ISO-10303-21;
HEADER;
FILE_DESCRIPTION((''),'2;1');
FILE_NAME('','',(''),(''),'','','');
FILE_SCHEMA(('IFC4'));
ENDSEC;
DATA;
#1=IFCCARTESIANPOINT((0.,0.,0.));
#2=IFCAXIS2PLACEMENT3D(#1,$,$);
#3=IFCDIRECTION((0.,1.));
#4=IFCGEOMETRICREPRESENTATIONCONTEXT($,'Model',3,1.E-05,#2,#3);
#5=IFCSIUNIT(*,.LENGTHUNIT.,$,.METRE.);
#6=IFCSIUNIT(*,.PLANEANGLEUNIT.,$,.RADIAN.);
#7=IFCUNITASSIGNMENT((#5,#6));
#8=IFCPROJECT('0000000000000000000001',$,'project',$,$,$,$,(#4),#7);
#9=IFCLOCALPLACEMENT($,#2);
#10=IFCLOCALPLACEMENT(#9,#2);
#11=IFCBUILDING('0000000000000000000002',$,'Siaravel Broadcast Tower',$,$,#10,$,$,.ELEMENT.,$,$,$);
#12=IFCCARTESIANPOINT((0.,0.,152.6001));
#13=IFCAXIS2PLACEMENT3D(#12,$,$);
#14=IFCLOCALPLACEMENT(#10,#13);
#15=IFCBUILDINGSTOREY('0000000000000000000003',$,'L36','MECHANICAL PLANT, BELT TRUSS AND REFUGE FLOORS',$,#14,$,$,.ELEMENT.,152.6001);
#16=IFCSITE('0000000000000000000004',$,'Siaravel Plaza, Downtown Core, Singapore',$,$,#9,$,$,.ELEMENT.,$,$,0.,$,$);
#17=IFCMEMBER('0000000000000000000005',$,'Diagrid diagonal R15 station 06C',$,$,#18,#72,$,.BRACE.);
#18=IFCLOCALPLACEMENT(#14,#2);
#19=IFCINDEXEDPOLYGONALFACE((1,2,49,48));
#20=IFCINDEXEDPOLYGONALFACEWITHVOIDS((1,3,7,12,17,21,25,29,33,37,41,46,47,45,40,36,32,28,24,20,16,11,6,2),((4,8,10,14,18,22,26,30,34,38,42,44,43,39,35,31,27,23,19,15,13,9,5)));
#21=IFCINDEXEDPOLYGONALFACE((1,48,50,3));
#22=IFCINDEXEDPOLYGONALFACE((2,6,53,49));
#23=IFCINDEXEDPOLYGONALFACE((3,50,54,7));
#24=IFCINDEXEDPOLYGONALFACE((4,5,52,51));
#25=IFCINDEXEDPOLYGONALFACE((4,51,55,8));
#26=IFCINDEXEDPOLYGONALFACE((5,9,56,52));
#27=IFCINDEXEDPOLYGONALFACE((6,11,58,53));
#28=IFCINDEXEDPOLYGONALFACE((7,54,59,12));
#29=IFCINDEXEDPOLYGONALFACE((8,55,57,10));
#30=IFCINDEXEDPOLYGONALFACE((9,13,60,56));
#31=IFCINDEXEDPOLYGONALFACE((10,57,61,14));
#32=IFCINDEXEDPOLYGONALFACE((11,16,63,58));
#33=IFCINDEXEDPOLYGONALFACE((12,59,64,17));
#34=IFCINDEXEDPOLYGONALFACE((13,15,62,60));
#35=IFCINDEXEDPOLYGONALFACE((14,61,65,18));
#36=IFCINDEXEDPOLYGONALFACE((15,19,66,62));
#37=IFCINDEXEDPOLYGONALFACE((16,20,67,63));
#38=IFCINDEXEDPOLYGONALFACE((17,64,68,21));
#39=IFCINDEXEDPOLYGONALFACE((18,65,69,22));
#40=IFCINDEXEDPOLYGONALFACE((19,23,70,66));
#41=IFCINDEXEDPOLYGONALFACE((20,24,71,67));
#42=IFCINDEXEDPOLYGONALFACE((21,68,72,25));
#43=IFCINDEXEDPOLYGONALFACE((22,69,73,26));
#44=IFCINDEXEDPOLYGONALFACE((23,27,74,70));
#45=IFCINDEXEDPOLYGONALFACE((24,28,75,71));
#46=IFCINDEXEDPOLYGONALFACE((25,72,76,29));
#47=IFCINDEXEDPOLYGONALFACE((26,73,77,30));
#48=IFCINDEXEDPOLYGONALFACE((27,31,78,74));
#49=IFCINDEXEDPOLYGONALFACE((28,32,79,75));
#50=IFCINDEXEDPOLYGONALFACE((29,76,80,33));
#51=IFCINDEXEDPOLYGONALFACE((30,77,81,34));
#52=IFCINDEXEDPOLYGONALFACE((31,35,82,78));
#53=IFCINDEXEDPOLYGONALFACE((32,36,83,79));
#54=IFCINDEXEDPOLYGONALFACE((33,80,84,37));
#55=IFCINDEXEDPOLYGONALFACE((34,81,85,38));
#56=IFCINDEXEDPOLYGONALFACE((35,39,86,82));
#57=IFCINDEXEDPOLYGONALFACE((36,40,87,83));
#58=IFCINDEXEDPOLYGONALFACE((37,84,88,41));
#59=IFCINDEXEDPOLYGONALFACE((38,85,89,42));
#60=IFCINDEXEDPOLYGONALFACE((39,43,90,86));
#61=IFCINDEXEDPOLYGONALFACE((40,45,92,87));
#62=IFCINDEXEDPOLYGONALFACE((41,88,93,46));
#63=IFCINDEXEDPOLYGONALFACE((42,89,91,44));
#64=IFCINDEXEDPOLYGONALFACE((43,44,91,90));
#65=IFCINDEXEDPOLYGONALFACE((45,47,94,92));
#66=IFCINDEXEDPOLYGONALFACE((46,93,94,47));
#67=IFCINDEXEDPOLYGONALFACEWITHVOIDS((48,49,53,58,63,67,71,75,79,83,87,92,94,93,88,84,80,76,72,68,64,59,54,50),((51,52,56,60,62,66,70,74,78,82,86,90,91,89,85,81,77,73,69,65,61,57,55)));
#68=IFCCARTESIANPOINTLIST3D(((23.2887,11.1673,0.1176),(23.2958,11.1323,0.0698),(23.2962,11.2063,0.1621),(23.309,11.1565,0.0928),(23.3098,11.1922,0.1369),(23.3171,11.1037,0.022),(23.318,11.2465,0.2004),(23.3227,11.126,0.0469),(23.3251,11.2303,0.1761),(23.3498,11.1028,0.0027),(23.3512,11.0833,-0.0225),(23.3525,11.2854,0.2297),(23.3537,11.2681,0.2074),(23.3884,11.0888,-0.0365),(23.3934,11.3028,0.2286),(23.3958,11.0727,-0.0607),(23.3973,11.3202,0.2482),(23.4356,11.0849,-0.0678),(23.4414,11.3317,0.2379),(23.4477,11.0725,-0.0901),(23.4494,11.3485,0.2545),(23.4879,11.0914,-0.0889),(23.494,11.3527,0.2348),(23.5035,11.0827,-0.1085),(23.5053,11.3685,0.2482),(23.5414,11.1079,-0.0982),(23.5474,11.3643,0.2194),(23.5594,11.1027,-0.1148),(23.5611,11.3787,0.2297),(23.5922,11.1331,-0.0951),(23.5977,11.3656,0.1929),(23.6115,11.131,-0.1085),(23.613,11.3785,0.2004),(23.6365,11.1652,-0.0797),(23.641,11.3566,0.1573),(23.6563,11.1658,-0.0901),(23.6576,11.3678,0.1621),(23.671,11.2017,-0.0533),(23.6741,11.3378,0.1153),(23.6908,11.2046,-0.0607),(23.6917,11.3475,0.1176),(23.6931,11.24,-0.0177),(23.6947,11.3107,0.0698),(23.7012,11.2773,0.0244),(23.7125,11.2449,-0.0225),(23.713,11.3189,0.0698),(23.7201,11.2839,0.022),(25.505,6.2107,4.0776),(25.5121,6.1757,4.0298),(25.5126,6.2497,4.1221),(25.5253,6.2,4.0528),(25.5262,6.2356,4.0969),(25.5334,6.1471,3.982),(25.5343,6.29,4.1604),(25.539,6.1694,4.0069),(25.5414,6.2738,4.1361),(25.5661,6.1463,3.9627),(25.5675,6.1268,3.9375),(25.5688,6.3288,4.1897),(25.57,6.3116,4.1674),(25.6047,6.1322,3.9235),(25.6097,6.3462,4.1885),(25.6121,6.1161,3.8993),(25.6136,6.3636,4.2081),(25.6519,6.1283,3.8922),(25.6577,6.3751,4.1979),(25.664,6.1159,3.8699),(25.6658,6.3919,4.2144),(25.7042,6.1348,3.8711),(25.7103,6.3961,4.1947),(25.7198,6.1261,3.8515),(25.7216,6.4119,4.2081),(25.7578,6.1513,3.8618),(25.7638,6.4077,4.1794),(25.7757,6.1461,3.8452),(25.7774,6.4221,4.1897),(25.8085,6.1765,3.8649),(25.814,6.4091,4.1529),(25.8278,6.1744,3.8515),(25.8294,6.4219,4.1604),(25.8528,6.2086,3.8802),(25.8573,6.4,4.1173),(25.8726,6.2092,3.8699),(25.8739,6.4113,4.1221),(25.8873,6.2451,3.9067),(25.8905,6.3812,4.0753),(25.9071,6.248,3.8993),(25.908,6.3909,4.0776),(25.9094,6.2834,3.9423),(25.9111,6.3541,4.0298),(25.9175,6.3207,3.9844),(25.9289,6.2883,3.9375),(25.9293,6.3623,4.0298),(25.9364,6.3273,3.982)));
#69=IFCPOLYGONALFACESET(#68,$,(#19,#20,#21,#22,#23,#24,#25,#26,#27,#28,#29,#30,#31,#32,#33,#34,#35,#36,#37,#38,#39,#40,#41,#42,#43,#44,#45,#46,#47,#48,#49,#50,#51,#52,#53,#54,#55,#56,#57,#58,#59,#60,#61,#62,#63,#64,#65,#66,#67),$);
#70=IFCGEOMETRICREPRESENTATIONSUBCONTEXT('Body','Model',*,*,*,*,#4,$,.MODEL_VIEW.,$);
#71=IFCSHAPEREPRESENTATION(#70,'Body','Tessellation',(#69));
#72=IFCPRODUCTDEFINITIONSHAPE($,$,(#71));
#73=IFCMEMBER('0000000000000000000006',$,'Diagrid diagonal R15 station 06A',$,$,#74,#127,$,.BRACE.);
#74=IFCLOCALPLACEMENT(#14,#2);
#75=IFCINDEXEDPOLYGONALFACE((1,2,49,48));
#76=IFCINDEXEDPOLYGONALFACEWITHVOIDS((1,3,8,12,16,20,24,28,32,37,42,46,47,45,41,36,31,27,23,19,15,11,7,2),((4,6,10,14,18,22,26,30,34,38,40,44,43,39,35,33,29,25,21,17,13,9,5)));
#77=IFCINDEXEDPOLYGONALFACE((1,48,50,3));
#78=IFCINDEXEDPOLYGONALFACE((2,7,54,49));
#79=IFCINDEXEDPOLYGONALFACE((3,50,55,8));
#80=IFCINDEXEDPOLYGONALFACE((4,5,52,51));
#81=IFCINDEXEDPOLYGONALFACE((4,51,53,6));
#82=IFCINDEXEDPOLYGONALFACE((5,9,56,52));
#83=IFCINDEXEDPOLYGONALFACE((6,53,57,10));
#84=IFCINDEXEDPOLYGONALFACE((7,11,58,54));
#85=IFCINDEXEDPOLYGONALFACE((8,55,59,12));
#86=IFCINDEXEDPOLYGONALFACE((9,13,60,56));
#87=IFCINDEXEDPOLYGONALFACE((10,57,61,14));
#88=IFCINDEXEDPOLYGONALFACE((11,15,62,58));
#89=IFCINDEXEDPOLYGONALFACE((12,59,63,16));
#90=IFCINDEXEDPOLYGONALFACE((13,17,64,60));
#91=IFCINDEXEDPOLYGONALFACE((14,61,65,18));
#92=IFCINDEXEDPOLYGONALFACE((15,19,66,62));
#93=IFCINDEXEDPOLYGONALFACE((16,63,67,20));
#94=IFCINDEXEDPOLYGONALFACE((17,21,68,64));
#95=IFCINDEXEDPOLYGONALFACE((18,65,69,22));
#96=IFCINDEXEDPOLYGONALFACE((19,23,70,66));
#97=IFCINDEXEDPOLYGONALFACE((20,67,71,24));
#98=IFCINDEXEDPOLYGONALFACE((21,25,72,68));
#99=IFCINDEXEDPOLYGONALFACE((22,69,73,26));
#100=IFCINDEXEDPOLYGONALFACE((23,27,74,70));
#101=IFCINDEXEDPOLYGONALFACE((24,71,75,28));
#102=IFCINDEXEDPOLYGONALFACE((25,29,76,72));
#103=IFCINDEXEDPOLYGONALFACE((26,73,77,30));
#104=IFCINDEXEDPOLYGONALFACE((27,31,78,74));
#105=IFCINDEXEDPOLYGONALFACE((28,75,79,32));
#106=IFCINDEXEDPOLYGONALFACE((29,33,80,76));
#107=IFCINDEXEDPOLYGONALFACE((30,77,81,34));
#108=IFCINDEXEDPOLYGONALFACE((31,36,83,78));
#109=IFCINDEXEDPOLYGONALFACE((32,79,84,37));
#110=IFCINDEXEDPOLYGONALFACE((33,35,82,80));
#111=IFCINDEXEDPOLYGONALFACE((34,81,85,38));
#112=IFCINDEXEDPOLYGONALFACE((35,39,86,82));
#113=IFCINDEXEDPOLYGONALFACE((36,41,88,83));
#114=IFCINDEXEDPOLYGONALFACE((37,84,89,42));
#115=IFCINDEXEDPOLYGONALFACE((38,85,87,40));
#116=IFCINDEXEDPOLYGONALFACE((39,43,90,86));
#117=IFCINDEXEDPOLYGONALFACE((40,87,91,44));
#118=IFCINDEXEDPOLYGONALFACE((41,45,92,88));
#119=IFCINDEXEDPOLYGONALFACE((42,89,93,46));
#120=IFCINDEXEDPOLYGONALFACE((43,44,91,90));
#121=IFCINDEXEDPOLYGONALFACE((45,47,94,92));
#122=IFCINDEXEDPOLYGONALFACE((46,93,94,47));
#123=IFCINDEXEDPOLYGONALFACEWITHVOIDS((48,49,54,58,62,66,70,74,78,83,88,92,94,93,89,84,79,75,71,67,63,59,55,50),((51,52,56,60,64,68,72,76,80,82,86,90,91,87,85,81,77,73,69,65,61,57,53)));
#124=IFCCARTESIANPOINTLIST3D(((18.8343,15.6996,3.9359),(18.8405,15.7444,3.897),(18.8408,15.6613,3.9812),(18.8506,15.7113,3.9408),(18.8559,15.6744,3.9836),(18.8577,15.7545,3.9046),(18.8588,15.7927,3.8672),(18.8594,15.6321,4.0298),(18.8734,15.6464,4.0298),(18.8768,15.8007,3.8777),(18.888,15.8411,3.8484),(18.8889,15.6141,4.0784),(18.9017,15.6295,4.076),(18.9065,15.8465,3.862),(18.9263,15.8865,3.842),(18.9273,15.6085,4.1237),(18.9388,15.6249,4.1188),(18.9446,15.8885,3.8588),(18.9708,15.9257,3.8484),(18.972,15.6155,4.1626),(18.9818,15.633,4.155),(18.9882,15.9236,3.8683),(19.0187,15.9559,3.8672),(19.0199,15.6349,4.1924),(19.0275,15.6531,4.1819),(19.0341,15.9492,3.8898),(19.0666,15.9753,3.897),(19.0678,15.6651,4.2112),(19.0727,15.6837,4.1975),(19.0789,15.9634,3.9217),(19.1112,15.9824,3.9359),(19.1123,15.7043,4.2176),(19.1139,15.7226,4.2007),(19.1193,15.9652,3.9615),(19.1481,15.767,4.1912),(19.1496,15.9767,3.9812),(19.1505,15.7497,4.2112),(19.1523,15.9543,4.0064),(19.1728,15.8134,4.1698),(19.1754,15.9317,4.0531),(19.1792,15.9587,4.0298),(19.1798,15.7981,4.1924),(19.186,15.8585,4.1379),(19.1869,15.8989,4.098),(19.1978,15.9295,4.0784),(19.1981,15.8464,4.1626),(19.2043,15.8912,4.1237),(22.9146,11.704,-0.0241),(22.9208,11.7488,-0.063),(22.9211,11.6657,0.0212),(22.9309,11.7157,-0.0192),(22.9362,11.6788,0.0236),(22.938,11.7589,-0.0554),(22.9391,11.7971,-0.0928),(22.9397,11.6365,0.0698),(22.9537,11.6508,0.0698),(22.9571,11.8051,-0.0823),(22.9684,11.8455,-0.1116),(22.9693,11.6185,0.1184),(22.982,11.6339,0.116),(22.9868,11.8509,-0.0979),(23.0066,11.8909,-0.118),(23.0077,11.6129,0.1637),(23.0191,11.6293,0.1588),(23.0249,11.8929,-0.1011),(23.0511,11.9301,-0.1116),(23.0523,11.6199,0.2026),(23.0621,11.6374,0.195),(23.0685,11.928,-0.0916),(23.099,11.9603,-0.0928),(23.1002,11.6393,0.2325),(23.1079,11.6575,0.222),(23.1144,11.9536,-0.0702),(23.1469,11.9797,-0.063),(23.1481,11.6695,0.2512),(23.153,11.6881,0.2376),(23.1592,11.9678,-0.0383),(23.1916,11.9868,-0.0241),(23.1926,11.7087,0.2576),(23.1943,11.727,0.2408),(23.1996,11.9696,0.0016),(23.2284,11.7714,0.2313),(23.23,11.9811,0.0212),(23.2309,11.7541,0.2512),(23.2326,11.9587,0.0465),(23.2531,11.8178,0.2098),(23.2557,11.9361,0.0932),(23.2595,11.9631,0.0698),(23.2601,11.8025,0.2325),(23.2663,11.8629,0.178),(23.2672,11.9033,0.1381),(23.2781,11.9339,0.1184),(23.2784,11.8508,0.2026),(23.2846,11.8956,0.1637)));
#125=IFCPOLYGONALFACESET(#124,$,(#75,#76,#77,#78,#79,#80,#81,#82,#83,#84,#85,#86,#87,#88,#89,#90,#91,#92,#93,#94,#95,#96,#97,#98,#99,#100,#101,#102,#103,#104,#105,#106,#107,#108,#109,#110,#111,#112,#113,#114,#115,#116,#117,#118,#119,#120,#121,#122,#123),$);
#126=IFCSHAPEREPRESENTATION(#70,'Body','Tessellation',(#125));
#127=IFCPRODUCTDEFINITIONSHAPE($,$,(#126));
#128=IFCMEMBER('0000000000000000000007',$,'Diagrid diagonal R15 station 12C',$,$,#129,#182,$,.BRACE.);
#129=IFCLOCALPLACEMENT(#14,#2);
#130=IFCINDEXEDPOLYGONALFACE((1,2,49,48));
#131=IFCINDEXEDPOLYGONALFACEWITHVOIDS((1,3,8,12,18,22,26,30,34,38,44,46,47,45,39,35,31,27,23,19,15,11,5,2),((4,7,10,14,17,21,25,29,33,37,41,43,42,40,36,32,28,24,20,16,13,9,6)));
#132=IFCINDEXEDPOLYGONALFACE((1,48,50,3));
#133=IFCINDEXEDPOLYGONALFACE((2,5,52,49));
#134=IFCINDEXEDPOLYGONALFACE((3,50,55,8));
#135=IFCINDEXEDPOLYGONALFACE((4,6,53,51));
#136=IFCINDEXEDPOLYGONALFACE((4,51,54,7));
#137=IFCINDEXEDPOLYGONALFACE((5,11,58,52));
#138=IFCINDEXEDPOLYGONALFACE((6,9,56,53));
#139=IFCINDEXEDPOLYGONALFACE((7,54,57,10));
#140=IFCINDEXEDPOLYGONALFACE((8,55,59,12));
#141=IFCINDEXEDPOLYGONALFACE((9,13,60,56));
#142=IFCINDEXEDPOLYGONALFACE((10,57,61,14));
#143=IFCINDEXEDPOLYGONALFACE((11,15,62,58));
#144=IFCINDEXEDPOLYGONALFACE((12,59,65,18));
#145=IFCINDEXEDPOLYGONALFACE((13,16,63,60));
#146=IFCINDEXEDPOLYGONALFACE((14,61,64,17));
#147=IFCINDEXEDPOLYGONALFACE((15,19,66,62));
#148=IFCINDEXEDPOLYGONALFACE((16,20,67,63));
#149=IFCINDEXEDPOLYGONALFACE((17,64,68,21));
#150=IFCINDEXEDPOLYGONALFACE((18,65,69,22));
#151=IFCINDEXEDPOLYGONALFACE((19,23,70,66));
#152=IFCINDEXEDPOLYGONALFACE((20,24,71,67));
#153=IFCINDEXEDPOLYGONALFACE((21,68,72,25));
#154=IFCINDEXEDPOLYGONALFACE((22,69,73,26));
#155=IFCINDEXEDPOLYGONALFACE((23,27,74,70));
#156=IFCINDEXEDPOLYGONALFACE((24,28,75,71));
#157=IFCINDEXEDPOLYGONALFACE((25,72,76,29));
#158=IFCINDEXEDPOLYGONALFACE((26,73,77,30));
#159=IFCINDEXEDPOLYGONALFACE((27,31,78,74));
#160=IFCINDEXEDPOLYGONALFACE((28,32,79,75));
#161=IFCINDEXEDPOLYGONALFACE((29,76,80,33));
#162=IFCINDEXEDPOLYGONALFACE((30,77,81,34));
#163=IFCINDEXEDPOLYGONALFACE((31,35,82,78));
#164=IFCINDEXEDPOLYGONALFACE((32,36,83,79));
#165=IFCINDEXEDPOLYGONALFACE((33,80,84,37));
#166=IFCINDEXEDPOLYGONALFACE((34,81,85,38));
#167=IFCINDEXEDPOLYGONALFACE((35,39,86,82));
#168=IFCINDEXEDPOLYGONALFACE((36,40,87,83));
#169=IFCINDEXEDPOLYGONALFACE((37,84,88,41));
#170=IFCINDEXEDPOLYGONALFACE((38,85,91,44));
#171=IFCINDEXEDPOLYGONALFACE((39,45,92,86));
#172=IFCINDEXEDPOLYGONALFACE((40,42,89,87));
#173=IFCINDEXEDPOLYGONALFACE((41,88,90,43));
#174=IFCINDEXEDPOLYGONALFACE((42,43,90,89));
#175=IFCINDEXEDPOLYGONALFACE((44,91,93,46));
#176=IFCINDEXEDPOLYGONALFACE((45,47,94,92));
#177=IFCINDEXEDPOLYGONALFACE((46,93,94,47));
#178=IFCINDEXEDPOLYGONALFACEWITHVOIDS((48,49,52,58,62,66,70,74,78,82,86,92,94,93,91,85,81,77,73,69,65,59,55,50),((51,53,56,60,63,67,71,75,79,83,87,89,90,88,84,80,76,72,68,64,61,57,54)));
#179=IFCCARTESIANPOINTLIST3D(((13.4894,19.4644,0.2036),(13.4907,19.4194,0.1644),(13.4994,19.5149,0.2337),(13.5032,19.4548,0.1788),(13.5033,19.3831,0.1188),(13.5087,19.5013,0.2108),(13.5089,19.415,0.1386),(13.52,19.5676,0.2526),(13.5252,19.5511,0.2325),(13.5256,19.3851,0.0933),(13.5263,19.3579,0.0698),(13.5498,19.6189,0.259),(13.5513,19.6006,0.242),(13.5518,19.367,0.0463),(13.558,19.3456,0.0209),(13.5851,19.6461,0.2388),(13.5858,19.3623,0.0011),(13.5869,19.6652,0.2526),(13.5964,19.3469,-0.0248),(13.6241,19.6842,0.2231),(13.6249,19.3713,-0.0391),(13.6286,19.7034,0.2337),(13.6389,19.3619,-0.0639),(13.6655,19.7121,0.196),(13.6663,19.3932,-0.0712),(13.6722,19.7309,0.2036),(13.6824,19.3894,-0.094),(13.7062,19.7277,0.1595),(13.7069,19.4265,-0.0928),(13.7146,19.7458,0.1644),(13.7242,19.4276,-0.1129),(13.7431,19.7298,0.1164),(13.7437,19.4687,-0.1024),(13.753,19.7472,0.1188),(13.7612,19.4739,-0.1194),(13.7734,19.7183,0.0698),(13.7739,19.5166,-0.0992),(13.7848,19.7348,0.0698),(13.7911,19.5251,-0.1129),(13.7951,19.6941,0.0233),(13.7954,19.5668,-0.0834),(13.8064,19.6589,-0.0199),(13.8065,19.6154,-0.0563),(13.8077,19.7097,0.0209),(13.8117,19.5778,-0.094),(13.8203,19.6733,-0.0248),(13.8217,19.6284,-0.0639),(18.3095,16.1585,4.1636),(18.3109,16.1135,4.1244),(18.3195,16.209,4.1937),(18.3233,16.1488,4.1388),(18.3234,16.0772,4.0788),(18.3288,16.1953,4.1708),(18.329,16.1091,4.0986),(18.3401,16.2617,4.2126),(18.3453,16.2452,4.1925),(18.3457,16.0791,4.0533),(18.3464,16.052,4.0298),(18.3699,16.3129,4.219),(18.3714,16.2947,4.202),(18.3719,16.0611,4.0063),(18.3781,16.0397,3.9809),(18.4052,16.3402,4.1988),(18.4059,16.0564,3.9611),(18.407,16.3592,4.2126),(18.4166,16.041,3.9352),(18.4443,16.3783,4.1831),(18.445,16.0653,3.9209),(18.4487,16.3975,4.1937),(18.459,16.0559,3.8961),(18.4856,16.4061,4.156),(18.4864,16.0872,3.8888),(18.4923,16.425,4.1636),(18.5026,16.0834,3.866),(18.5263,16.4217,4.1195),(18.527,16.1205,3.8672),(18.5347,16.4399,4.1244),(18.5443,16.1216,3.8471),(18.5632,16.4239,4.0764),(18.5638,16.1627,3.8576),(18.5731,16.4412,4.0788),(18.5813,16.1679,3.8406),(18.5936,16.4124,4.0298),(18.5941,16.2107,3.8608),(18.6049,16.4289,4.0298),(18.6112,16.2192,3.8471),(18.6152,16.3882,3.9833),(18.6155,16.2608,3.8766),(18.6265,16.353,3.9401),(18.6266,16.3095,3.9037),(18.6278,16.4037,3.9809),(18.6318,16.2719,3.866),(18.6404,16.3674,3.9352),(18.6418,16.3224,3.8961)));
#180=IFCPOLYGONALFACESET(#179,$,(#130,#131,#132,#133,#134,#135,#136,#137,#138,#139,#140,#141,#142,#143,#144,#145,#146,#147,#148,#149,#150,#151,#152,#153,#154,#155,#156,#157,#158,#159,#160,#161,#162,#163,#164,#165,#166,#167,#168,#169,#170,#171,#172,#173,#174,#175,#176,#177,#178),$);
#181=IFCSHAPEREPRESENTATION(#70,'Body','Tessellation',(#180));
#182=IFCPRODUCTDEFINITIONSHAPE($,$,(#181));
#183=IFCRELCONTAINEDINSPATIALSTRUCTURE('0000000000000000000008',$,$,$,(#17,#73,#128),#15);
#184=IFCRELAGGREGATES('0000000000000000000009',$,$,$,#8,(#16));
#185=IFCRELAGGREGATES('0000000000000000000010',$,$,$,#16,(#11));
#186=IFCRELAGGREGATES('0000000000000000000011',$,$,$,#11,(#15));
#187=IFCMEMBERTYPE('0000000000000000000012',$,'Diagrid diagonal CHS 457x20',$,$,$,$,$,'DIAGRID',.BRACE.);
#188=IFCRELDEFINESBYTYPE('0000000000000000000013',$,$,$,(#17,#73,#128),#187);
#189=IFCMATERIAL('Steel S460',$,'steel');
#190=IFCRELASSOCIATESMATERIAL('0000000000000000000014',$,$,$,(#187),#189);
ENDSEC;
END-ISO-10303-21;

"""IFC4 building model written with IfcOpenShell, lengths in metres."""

from ifc_helpers import new_model, si_unit, direction, frame, origin, origin_2d, place, context, subcontext, project, spatial, hollow_circle, extrude, material, material_profile, profile_set, type_object, element, save


model = new_model("IFC4")

# Units and contexts
model_context = context("Model", 3, precision=1e-05, world=origin(), true_north=direction((0.0, 1.0)))
body_context = subcontext(model_context, "Body", "Model", "MODEL_VIEW")
ifc_project = project(units=[si_unit("LENGTHUNIT", "METRE"), si_unit("PLANEANGLEUNIT", "RADIAN")], contexts=[model_context])

# Site, building, storey
site_placement = place(None, origin())
site = spatial("IfcSite", under=ifc_project, at=site_placement, Name="Siaravel Plaza, Downtown Core, Singapore", CompositionType="ELEMENT", RefElevation=0.0)
building_placement = place(site_placement, origin())
building = spatial("IfcBuilding", under=site, at=building_placement, Name="Siaravel Broadcast Tower", CompositionType="ELEMENT")
storey_placement = place(building_placement, frame((0.0, 0.0, 152.6001)))
storey = spatial("IfcBuildingStorey", under=building, at=storey_placement, Name="L36", Description="MECHANICAL PLANT, BELT TRUSS AND REFUGE FLOORS", CompositionType="ELEMENT", Elevation=152.6001)

# Shared definitions
ifc_material_1 = material(Name="Steel S460", Category="steel")

# Members
ifc_material_profile_1 = material_profile(ifc_material_1, hollow_circle(Radius=0.2285, WallThickness=0.02, at=origin_2d()))
ifc_profile_set_1 = profile_set([ifc_material_profile_1], Name="Steel S460")
member_type_1 = type_object("IfcMemberType", Name="Diagrid diagonal CHS 457x20", ElementType="DIAGRID", PredefinedType="BRACE", material=ifc_profile_set_1)
member_1_placement = place(storey_placement, frame((23.5044, 11.2256, 0.0698), z_axis=(0.3298, -0.737563, 0.589265), x_axis=(0.912893, 0.408198, 0.0)))
element("IfcMember", 1, at=member_1_placement, inside=storey, type_object=member_type_1, Name="Diagrid diagonal R15 station 06C", PredefinedType="BRACE", context=body_context, shape_type="SweptSolid", body=[
    extrude(hollow_circle(Radius=0.2285, WallThickness=0.02, at=origin_2d()), origin(), (0.0, 0.0, 1.0), 6.7202),
])
member_2_placement = place(storey_placement, frame((23.0996, 11.7998, 0.0698), z_axis=(-0.587141, 0.574951, 0.569822), x_axis=(-0.699651, -0.714485, 0.0)))
element("IfcMember", 2, at=member_2_placement, inside=storey, type_object=member_type_1, Name="Diagrid diagonal R15 station 06A", PredefinedType="BRACE", context=body_context, shape_type="SweptSolid", body=[
    extrude(hollow_circle(Radius=0.2285, WallThickness=0.02, at=origin_2d()), origin(), (0.0, 0.0, 1.0), 6.9495),
])
member_3_placement = place(storey_placement, frame((13.6555, 19.5464, 0.0698), z_axis=(0.682731, -0.46826, 0.560902), x_axis=(0.565612, 0.824672, 0.0)))
element("IfcMember", 3, at=member_3_placement, inside=storey, type_object=member_type_1, Name="Diagrid diagonal R15 station 12C", PredefinedType="BRACE", context=body_context, shape_type="SweptSolid", body=[
    extrude(hollow_circle(Radius=0.2285, WallThickness=0.02, at=origin_2d()), origin(), (0.0, 0.0, 1.0), 7.0601),
])

save(model, "model.ifc")
